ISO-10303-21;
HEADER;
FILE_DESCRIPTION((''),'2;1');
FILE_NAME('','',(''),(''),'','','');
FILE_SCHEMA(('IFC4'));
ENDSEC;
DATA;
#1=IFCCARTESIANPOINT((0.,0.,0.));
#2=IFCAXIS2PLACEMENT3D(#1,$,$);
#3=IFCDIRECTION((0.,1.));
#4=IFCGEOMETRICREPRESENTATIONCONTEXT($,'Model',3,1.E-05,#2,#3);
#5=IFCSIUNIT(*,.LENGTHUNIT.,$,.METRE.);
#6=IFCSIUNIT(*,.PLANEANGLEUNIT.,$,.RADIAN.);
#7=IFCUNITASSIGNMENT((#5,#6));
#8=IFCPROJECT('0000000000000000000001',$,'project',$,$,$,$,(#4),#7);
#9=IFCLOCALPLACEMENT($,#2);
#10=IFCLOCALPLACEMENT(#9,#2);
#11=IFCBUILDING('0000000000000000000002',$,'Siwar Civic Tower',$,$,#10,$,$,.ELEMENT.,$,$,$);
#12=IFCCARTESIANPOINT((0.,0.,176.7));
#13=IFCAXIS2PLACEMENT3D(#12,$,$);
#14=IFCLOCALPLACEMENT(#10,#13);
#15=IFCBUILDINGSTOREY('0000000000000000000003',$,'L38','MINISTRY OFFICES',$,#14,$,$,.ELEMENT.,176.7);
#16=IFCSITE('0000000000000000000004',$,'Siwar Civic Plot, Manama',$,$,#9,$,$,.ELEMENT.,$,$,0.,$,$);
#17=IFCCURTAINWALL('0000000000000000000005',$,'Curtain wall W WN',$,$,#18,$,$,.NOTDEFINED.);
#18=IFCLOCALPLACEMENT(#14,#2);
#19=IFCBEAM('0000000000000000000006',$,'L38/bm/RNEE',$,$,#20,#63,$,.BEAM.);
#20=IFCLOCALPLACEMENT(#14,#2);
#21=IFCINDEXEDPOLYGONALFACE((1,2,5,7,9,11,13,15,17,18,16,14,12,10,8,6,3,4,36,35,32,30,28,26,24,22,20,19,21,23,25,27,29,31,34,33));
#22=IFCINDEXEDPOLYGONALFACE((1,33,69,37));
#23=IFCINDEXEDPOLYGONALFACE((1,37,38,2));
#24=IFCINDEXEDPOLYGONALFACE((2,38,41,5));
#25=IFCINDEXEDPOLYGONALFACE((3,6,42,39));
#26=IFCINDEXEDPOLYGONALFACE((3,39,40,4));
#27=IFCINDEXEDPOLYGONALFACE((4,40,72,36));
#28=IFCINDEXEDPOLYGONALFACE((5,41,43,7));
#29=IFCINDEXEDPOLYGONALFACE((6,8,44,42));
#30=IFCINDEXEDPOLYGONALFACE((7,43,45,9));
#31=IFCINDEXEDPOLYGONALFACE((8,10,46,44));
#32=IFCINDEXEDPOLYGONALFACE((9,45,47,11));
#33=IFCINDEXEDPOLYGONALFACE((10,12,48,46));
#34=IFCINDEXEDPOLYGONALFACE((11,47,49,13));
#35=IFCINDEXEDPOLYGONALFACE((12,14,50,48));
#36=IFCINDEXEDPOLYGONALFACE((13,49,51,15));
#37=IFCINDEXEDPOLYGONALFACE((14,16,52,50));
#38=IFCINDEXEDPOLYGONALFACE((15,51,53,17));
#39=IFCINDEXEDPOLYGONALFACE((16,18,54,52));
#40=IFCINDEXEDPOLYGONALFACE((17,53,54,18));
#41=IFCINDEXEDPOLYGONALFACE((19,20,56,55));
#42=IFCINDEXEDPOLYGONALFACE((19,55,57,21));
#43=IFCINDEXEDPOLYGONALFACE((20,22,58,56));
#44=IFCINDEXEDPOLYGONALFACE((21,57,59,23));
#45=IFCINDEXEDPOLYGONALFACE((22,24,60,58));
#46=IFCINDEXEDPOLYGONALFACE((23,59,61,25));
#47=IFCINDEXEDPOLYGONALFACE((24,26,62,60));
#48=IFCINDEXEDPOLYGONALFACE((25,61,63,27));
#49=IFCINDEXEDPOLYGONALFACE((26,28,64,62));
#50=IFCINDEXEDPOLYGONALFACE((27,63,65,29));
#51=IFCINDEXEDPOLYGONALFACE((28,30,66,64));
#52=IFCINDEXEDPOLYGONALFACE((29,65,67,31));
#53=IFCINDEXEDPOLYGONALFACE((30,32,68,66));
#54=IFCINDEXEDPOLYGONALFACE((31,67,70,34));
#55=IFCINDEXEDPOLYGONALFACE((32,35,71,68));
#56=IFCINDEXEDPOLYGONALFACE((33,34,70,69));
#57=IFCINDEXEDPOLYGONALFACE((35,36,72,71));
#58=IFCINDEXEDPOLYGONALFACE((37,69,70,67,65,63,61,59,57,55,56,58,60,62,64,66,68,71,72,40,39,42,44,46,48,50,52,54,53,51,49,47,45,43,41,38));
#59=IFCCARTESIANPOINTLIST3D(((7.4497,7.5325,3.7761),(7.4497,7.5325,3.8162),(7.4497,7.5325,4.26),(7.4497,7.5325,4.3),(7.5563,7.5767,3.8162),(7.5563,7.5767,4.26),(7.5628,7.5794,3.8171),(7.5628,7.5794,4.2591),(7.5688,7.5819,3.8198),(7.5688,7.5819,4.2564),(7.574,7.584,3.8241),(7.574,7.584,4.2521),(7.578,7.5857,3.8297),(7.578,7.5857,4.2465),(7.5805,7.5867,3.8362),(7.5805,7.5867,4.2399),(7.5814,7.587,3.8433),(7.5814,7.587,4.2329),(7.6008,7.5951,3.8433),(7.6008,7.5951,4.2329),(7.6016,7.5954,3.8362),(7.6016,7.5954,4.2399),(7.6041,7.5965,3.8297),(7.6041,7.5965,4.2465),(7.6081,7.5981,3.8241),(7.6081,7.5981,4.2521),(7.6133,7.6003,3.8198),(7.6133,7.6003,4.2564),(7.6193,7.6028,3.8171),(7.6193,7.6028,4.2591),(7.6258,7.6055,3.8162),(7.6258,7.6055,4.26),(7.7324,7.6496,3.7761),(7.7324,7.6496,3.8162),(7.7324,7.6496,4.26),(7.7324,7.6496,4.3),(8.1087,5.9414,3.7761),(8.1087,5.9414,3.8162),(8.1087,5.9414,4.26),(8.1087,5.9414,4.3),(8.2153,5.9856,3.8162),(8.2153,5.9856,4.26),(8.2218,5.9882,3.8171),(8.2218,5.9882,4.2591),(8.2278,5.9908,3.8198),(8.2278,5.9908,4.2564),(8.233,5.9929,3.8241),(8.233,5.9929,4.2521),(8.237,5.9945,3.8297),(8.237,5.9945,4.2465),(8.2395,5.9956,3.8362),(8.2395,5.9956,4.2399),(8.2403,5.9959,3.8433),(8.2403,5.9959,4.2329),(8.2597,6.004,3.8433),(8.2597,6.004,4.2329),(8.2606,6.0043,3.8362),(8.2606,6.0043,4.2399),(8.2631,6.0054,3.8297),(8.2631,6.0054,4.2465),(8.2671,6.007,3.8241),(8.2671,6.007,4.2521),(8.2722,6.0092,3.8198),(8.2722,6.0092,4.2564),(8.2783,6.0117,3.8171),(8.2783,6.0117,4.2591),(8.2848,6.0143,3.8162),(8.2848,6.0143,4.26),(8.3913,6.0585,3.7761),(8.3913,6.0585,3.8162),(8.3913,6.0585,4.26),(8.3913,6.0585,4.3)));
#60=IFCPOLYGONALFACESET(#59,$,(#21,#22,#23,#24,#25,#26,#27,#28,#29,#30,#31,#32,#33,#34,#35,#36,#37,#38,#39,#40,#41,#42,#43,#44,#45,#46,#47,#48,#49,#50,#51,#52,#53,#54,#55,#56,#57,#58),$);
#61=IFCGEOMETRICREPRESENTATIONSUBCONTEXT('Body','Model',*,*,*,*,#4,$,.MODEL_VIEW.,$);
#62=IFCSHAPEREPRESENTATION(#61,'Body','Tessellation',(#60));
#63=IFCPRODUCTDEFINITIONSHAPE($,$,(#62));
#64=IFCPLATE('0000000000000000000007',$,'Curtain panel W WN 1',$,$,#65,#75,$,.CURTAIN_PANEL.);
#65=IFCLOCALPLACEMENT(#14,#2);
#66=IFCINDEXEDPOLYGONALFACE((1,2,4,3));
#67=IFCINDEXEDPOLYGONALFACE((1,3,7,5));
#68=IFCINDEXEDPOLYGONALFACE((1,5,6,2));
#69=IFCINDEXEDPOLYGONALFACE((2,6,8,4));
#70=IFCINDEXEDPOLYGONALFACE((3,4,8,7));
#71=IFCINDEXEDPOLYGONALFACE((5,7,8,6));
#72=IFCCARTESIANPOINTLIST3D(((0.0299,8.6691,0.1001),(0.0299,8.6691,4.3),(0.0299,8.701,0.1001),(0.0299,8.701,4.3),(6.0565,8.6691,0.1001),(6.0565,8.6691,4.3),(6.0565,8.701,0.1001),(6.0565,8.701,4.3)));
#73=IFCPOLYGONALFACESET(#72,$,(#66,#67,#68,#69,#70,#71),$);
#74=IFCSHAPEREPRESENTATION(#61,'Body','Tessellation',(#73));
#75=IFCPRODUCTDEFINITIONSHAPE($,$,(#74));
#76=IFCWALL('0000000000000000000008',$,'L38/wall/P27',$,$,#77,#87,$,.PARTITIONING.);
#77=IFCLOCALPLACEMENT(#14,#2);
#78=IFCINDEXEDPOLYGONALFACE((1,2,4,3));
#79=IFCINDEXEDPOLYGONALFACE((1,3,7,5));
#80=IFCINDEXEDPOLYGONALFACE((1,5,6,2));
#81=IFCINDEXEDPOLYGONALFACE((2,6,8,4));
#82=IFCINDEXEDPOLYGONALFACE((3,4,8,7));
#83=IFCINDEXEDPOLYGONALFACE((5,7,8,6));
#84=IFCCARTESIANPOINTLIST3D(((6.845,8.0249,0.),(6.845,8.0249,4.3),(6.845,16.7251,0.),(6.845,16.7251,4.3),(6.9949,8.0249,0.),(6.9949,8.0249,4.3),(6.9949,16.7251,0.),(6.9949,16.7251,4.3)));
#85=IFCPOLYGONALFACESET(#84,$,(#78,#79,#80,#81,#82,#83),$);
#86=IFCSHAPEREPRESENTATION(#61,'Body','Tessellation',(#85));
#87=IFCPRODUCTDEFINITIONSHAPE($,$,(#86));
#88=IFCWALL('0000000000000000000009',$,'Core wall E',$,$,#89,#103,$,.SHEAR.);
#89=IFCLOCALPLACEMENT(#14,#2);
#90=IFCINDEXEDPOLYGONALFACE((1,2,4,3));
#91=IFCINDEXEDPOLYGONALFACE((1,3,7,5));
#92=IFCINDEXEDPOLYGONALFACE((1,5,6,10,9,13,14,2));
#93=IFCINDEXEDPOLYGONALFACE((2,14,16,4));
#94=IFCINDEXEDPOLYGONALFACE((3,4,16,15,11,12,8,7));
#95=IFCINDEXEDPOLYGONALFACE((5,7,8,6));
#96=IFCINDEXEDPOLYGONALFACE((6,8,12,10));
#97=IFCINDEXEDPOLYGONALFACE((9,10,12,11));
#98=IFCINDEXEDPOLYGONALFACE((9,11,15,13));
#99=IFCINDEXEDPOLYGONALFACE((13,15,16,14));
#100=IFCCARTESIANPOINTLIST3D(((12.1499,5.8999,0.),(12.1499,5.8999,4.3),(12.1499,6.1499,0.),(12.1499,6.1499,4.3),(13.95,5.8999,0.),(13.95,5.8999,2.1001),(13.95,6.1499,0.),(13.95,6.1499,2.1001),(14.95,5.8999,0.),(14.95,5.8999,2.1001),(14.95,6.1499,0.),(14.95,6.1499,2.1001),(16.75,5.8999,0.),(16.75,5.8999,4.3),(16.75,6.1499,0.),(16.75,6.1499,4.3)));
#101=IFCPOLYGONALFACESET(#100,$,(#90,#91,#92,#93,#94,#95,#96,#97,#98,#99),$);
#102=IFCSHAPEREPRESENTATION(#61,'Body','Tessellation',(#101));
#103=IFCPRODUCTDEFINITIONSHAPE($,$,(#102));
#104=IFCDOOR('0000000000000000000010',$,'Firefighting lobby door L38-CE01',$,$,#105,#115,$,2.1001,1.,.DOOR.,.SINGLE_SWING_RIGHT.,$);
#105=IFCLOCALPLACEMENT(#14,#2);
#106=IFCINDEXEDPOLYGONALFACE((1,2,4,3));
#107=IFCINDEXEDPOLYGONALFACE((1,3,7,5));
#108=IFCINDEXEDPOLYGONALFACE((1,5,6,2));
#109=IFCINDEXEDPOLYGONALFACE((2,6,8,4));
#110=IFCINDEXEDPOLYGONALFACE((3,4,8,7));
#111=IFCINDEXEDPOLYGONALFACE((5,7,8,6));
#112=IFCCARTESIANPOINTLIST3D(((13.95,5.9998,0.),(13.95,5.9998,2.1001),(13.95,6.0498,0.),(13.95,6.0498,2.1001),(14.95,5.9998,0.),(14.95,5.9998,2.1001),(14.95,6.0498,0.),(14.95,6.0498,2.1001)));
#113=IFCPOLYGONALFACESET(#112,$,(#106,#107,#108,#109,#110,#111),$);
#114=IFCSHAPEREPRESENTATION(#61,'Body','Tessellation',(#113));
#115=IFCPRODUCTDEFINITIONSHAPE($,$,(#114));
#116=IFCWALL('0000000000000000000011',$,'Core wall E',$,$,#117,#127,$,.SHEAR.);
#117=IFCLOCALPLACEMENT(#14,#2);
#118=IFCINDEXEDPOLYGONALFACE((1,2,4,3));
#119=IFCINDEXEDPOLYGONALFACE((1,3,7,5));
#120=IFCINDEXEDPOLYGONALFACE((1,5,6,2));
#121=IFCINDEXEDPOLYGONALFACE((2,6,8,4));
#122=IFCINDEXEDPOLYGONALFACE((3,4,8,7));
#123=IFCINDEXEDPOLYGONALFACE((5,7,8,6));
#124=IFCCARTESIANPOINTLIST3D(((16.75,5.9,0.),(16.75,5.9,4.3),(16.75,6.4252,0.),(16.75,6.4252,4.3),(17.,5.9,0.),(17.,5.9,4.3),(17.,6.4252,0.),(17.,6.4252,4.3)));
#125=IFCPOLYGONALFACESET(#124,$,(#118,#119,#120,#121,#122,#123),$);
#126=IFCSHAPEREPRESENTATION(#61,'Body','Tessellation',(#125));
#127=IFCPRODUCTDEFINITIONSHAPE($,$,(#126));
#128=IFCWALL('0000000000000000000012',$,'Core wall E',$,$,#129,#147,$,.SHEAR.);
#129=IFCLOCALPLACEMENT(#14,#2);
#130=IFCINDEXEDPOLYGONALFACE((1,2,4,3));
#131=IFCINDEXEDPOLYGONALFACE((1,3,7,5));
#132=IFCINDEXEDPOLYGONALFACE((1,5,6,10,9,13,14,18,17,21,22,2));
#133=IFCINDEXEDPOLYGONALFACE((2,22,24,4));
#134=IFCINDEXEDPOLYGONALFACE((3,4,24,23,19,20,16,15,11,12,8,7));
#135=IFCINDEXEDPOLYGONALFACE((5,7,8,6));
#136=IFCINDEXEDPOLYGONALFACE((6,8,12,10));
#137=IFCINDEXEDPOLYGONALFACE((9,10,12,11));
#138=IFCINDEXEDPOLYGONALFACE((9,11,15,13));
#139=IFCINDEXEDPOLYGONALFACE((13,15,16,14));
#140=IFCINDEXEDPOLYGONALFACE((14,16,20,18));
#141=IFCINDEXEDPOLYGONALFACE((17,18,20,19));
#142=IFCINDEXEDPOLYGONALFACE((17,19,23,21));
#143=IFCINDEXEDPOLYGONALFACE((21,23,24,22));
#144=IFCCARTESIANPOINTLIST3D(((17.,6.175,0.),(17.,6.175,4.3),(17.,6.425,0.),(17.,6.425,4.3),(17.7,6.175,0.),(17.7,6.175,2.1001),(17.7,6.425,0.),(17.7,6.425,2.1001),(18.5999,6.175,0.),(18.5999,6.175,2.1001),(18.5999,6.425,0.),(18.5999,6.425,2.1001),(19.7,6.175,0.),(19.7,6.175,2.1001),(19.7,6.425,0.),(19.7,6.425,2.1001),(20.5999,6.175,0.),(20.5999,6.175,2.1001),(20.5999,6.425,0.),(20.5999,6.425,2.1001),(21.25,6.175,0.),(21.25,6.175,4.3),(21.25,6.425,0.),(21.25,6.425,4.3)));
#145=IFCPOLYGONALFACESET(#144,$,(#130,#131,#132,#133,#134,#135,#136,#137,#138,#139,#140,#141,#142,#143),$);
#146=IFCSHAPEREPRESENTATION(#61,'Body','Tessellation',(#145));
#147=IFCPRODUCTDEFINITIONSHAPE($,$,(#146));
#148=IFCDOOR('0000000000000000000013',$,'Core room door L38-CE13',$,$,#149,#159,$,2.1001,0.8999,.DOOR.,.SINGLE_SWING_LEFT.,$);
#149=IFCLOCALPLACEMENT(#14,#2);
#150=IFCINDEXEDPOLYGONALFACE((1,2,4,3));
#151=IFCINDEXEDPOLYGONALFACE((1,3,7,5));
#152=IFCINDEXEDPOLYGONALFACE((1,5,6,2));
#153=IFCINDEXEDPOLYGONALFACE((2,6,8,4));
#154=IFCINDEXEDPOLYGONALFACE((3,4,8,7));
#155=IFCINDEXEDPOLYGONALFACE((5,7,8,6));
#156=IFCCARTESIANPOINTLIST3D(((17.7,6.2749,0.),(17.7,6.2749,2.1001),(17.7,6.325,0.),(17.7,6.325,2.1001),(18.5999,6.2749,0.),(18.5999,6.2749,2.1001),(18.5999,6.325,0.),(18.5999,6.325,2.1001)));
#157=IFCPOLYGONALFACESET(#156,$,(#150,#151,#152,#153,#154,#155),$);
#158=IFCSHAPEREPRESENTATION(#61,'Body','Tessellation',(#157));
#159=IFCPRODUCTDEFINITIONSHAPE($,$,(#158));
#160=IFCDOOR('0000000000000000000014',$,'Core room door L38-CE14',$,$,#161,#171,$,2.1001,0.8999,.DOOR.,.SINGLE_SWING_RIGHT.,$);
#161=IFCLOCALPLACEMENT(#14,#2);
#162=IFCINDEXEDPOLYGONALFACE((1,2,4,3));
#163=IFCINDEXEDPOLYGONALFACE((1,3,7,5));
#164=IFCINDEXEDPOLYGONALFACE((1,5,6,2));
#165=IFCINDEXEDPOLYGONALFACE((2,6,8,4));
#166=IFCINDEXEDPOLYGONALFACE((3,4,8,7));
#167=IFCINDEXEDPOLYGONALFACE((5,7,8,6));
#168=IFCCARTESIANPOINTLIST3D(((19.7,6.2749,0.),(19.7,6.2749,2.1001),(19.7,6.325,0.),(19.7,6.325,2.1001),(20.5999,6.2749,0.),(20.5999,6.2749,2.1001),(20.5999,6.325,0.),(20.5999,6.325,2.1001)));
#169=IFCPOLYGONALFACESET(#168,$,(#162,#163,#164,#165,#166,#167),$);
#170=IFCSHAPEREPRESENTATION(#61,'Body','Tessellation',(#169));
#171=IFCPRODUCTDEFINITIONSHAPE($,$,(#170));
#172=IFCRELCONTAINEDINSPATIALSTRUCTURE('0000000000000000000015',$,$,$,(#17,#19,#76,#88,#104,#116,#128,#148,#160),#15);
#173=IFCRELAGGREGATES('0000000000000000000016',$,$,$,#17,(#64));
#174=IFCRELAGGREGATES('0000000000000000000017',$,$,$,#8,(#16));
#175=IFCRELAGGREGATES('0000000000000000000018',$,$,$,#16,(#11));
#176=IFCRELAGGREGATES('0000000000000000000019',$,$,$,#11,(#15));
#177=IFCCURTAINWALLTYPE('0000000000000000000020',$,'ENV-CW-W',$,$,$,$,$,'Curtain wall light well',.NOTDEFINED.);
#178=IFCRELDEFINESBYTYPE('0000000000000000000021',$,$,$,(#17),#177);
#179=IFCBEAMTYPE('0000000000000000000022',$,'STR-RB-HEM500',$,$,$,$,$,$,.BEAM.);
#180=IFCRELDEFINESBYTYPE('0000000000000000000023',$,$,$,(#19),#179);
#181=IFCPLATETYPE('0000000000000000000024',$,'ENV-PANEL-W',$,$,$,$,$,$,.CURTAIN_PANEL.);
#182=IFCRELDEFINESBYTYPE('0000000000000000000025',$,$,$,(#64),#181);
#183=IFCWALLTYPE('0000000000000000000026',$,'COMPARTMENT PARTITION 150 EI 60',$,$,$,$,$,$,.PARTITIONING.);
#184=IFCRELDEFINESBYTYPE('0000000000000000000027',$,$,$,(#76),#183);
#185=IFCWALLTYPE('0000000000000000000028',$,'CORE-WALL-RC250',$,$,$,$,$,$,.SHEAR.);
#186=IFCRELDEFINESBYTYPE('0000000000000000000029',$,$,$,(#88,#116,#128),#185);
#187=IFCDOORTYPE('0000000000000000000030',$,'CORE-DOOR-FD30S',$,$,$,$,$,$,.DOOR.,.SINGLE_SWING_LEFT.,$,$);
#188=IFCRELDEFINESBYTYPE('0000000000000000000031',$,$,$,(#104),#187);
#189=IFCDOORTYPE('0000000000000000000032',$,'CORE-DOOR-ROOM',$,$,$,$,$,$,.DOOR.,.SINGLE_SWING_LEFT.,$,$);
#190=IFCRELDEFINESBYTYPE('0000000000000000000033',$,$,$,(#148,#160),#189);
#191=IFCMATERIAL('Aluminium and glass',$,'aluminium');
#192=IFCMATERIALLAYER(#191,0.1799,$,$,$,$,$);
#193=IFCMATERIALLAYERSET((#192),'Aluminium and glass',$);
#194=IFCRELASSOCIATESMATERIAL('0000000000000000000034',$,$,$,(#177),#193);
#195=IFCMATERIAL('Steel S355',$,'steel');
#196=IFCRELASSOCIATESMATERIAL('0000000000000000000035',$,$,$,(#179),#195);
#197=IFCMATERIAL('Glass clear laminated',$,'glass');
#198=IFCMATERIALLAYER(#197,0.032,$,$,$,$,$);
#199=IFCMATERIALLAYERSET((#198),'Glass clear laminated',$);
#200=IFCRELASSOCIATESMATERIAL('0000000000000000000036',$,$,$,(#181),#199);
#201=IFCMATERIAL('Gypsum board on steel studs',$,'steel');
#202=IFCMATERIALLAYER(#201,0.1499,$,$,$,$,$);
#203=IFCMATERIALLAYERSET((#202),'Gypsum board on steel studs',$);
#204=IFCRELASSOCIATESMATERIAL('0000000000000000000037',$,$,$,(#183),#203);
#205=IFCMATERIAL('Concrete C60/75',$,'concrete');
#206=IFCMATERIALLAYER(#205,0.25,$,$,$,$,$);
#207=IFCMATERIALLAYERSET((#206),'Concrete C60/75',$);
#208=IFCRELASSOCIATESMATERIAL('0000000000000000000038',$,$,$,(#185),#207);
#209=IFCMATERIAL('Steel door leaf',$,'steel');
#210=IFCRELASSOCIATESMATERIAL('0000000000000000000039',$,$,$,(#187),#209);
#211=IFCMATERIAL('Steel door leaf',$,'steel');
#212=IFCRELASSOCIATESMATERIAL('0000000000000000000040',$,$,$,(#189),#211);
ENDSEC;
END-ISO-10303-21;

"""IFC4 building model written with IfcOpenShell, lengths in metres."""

from ifc_helpers import new_model, si_unit, direction, frame, frame_2d, origin, origin_2d, place, context, subcontext, project, spatial, rectangle, i_section, extrude, material, layer, layer_set, material_profile, profile_set, type_object, element, fill, aggregate, save


model = new_model("IFC4")

# Units and contexts
model_context = context("Model", 3, precision=1e-05, world=origin(), true_north=direction((0.0, 1.0)))
body_context = subcontext(model_context, "Body", "Model", "MODEL_VIEW")
ifc_project = project(units=[si_unit("LENGTHUNIT", "METRE"), si_unit("PLANEANGLEUNIT", "RADIAN")], contexts=[model_context])

# Site, building, storey
site_placement = place(None, origin())
site = spatial("IfcSite", under=ifc_project, at=site_placement, Name="Siwar Civic Plot, Manama", CompositionType="ELEMENT", RefElevation=0.0)
building_placement = place(site_placement, origin())
building = spatial("IfcBuilding", under=site, at=building_placement, Name="Siwar Civic Tower", CompositionType="ELEMENT")
storey_placement = place(building_placement, frame((0.0, 0.0, 176.7)))
storey = spatial("IfcBuildingStorey", under=building, at=storey_placement, Name="L38", Description="MINISTRY OFFICES", CompositionType="ELEMENT", Elevation=176.7)

# Curtain wall
ifc_material_1 = material(Name="Aluminium and glass", Category="aluminium")
ifc_layer_1 = layer(ifc_material_1, 0.1799)
ifc_layer_set_1 = layer_set([ifc_layer_1], Name="Aluminium and glass")
curtain_wall_type = type_object("IfcCurtainWallType", Name="ENV-CW-W", ElementType="Curtain wall light well", PredefinedType="NOTDEFINED", material=ifc_layer_set_1)
curtain_wall_placement = place(storey_placement, origin())
curtain_wall = element("IfcCurtainWall", 1, at=curtain_wall_placement, inside=storey, type_object=curtain_wall_type, Name="Curtain wall W WN", PredefinedType="NOTDEFINED")

# Beam
ifc_material_2 = material(Name="Steel S355", Category="steel")
ifc_material_profile_1 = material_profile(ifc_material_2, i_section(OverallWidth=0.3059, OverallDepth=0.5239, WebThickness=0.021, FlangeThickness=0.04, FilletRadius=0.0271, at=origin_2d()), Name="HEM500")
ifc_profile_set_1 = profile_set([ifc_material_profile_1], Name="Steel S355")
beam_type_1 = type_object("IfcBeamType", Name="STR-RB-HEM500", PredefinedType="BEAM", material=ifc_profile_set_1)
for number, where, z_axis, x_axis, name in (
    (2, (7.5911, 7.5911, 4.0381), (0.382631, -0.923901, 0.0), (0.923901, 0.382631, 0.0), "L38/bm/RNEE"),
):
    element("IfcBeam", number, at=place(storey_placement, frame(where, z_axis=z_axis, x_axis=x_axis)), inside=storey, type_object=beam_type_1, Name=name, PredefinedType="BEAM", context=body_context, shape_type="SweptSolid", body=[
        extrude(i_section(OverallWidth=0.3059, OverallDepth=0.5239, WebThickness=0.021, FlangeThickness=0.04, FilletRadius=0.0271, at=origin_2d()), origin(), (0.0, 0.0, 1.0), 1.7222),
    ])

# Plate
ifc_material_3 = material(Name="Glass clear laminated", Category="glass")
ifc_layer_2 = layer(ifc_material_3, 0.032)
ifc_layer_set_2 = layer_set([ifc_layer_2], Name="Glass clear laminated")
plate_type = type_object("IfcPlateType", Name="ENV-PANEL-W", PredefinedType="CURTAIN_PANEL", material=ifc_layer_set_2)
plate_placement = place(storey_placement, frame((3.0432, 8.6851, 0.1001), z_axis=(0.0, 0.0, 1.0), x_axis=(-1.0, 0.0, 0.0)))
plate = element("IfcPlate", 3, at=plate_placement, type_object=plate_type, Name="Curtain panel W WN 1", PredefinedType="CURTAIN_PANEL", context=body_context, shape_type="SweptSolid", body=[
    extrude(rectangle(XDim=6.0266, YDim=0.032, at=origin_2d()), origin(), (0.0, 0.0, 1.0), 4.2),
])
aggregate(curtain_wall, [plate])

# Wall
ifc_material_4 = material(Name="Gypsum board on steel studs", Category="steel")
ifc_layer_3 = layer(ifc_material_4, 0.1499)
ifc_layer_set_3 = layer_set([ifc_layer_3], Name="Gypsum board on steel studs")
wall_type_1 = type_object("IfcWallType", Name="COMPARTMENT PARTITION 150 EI 60", PredefinedType="PARTITIONING", material=ifc_layer_set_3)
wall_1_placement = place(storey_placement, frame((6.9199, 8.0249, 0.0), z_axis=(0.0, 0.0, 1.0), x_axis=(0.0, 1.0, 0.0)))
element("IfcWall", 4, at=wall_1_placement, inside=storey, type_object=wall_type_1, Name="L38/wall/P27", PredefinedType="PARTITIONING", context=body_context, shape_type="SweptSolid", body=[
    extrude(rectangle(XDim=8.7002, YDim=0.1499, at=frame_2d((4.3501, 0.0))), origin(), (0.0, 0.0, 1.0), 4.3),
])

# Wall, opening, door
ifc_material_5 = material(Name="Concrete C60/75", Category="concrete")
ifc_layer_4 = layer(ifc_material_5, 0.25)
ifc_layer_set_4 = layer_set([ifc_layer_4], Name="Concrete C60/75")
wall_type_2 = type_object("IfcWallType", Name="CORE-WALL-RC250", PredefinedType="SHEAR", material=ifc_layer_set_4)
wall_2_placement = place(storey_placement, frame((12.1499, 6.0249, 0.0), z_axis=(0.0, 0.0, 1.0), x_axis=(1.0, 0.0, 0.0)))
wall_2 = element("IfcWall", 5, at=wall_2_placement, inside=storey, type_object=wall_type_2, Name="Core wall E", PredefinedType="SHEAR", context=body_context, shape_type="SweptSolid", body=[
    extrude(rectangle(XDim=4.6001, YDim=0.25, at=frame_2d((2.3, 0.0))), origin(), (0.0, 0.0, 1.0), 4.3),
])
opening_1_placement = place(wall_2_placement, frame((1.8, 0.0, 0.0)))
opening_1 = element("IfcOpeningElement", 6, at=opening_1_placement, cuts=wall_2, PredefinedType="OPENING", context=body_context, shape_type="SweptSolid", body=[
    extrude(rectangle(XDim=1.0, YDim=2.1001, at=frame_2d((0.5, 1.05))), frame((0.0, 0.135, 0.0), z_axis=(0.0, -1.0, 0.0), x_axis=(1.0, 0.0, 0.0)), (0.0, 0.0, 1.0), 0.27),
])
ifc_material_6 = material(Name="Steel door leaf", Category="steel")
door_type_1 = type_object("IfcDoorType", Name="CORE-DOOR-FD30S", OperationType="SINGLE_SWING_LEFT", PredefinedType="DOOR", material=ifc_material_6)
door_1_placement = place(opening_1_placement, origin())
door_1 = element("IfcDoor", 7, at=door_1_placement, inside=storey, type_object=door_type_1, Name="Firefighting lobby door L38-CE01", OperationType="SINGLE_SWING_RIGHT", OverallHeight=2.1001, OverallWidth=1.0, PredefinedType="DOOR", context=body_context, shape_type="SweptSolid", body=[
    extrude(rectangle(XDim=1.0, YDim=2.1001, at=frame_2d((0.5, 1.05))), frame((0.0, 0.0249, 0.0), z_axis=(0.0, -1.0, 0.0), x_axis=(1.0, 0.0, 0.0)), (0.0, 0.0, 1.0), 0.05),
])
fill(opening_1, door_1)

# Wall
wall_3_placement = place(storey_placement, frame((16.875, 5.8999, 0.0), z_axis=(0.0, 0.0, 1.0), x_axis=(0.0, 1.0, 0.0)))
element("IfcWall", 8, at=wall_3_placement, inside=storey, type_object=wall_type_2, Name="Core wall E", PredefinedType="SHEAR", context=body_context, shape_type="SweptSolid", body=[
    extrude(rectangle(XDim=0.5251, YDim=0.25, at=frame_2d((0.2627, 0.0))), origin(), (0.0, 0.0, 1.0), 4.3),
])

# Wall, openings, doors
wall_4_placement = place(storey_placement, frame((17.0, 6.3, 0.0), z_axis=(0.0, 0.0, 1.0), x_axis=(1.0, 0.0, 0.0)))
wall_4 = element("IfcWall", 9, at=wall_4_placement, inside=storey, type_object=wall_type_2, Name="Core wall E", PredefinedType="SHEAR", context=body_context, shape_type="SweptSolid", body=[
    extrude(rectangle(XDim=4.25, YDim=0.25, at=frame_2d((2.125, 0.0))), origin(), (0.0, 0.0, 1.0), 4.3),
])
opening_2_placement = place(wall_4_placement, frame((0.7, 0.0, 0.0)))
opening_2 = element("IfcOpeningElement", 10, at=opening_2_placement, cuts=wall_4, PredefinedType="OPENING", context=body_context, shape_type="SweptSolid", body=[
    extrude(rectangle(XDim=0.8999, YDim=2.1001, at=frame_2d((0.45, 1.05))), frame((0.0, 0.135, 0.0), z_axis=(0.0, -1.0, 0.0), x_axis=(1.0, 0.0, 0.0)), (0.0, 0.0, 1.0), 0.27),
])
opening_3_placement = place(wall_4_placement, frame((2.7, 0.0, 0.0)))
opening_3 = element("IfcOpeningElement", 11, at=opening_3_placement, cuts=wall_4, PredefinedType="OPENING", context=body_context, shape_type="SweptSolid", body=[
    extrude(rectangle(XDim=0.8999, YDim=2.1001, at=frame_2d((0.45, 1.05))), frame((0.0, 0.135, 0.0), z_axis=(0.0, -1.0, 0.0), x_axis=(1.0, 0.0, 0.0)), (0.0, 0.0, 1.0), 0.27),
])
ifc_material_7 = material(Name="Steel door leaf", Category="steel")
door_type_2 = type_object("IfcDoorType", Name="CORE-DOOR-ROOM", OperationType="SINGLE_SWING_LEFT", PredefinedType="DOOR", material=ifc_material_7)
door_2_placement = place(opening_2_placement, origin())
door_2 = element("IfcDoor", 12, at=door_2_placement, inside=storey, type_object=door_type_2, Name="Core room door L38-CE13", OperationType="SINGLE_SWING_LEFT", OverallHeight=2.1001, OverallWidth=0.8999, PredefinedType="DOOR", context=body_context, shape_type="SweptSolid", body=[
    extrude(rectangle(XDim=0.8999, YDim=2.1001, at=frame_2d((0.45, 1.05))), frame((0.0, 0.0249, 0.0), z_axis=(0.0, -1.0, 0.0), x_axis=(1.0, 0.0, 0.0)), (0.0, 0.0, 1.0), 0.05),
])
fill(opening_2, door_2)
door_3_placement = place(opening_3_placement, origin())
door_3 = element("IfcDoor", 13, at=door_3_placement, inside=storey, type_object=door_type_2, Name="Core room door L38-CE14", OperationType="SINGLE_SWING_RIGHT", OverallHeight=2.1001, OverallWidth=0.8999, PredefinedType="DOOR", context=body_context, shape_type="SweptSolid", body=[
    extrude(rectangle(XDim=0.8999, YDim=2.1001, at=frame_2d((0.45, 1.05))), frame((0.0, 0.0249, 0.0), z_axis=(0.0, -1.0, 0.0), x_axis=(1.0, 0.0, 0.0)), (0.0, 0.0, 1.0), 0.05),
])
fill(opening_3, door_3)

save(model, "model.ifc")
